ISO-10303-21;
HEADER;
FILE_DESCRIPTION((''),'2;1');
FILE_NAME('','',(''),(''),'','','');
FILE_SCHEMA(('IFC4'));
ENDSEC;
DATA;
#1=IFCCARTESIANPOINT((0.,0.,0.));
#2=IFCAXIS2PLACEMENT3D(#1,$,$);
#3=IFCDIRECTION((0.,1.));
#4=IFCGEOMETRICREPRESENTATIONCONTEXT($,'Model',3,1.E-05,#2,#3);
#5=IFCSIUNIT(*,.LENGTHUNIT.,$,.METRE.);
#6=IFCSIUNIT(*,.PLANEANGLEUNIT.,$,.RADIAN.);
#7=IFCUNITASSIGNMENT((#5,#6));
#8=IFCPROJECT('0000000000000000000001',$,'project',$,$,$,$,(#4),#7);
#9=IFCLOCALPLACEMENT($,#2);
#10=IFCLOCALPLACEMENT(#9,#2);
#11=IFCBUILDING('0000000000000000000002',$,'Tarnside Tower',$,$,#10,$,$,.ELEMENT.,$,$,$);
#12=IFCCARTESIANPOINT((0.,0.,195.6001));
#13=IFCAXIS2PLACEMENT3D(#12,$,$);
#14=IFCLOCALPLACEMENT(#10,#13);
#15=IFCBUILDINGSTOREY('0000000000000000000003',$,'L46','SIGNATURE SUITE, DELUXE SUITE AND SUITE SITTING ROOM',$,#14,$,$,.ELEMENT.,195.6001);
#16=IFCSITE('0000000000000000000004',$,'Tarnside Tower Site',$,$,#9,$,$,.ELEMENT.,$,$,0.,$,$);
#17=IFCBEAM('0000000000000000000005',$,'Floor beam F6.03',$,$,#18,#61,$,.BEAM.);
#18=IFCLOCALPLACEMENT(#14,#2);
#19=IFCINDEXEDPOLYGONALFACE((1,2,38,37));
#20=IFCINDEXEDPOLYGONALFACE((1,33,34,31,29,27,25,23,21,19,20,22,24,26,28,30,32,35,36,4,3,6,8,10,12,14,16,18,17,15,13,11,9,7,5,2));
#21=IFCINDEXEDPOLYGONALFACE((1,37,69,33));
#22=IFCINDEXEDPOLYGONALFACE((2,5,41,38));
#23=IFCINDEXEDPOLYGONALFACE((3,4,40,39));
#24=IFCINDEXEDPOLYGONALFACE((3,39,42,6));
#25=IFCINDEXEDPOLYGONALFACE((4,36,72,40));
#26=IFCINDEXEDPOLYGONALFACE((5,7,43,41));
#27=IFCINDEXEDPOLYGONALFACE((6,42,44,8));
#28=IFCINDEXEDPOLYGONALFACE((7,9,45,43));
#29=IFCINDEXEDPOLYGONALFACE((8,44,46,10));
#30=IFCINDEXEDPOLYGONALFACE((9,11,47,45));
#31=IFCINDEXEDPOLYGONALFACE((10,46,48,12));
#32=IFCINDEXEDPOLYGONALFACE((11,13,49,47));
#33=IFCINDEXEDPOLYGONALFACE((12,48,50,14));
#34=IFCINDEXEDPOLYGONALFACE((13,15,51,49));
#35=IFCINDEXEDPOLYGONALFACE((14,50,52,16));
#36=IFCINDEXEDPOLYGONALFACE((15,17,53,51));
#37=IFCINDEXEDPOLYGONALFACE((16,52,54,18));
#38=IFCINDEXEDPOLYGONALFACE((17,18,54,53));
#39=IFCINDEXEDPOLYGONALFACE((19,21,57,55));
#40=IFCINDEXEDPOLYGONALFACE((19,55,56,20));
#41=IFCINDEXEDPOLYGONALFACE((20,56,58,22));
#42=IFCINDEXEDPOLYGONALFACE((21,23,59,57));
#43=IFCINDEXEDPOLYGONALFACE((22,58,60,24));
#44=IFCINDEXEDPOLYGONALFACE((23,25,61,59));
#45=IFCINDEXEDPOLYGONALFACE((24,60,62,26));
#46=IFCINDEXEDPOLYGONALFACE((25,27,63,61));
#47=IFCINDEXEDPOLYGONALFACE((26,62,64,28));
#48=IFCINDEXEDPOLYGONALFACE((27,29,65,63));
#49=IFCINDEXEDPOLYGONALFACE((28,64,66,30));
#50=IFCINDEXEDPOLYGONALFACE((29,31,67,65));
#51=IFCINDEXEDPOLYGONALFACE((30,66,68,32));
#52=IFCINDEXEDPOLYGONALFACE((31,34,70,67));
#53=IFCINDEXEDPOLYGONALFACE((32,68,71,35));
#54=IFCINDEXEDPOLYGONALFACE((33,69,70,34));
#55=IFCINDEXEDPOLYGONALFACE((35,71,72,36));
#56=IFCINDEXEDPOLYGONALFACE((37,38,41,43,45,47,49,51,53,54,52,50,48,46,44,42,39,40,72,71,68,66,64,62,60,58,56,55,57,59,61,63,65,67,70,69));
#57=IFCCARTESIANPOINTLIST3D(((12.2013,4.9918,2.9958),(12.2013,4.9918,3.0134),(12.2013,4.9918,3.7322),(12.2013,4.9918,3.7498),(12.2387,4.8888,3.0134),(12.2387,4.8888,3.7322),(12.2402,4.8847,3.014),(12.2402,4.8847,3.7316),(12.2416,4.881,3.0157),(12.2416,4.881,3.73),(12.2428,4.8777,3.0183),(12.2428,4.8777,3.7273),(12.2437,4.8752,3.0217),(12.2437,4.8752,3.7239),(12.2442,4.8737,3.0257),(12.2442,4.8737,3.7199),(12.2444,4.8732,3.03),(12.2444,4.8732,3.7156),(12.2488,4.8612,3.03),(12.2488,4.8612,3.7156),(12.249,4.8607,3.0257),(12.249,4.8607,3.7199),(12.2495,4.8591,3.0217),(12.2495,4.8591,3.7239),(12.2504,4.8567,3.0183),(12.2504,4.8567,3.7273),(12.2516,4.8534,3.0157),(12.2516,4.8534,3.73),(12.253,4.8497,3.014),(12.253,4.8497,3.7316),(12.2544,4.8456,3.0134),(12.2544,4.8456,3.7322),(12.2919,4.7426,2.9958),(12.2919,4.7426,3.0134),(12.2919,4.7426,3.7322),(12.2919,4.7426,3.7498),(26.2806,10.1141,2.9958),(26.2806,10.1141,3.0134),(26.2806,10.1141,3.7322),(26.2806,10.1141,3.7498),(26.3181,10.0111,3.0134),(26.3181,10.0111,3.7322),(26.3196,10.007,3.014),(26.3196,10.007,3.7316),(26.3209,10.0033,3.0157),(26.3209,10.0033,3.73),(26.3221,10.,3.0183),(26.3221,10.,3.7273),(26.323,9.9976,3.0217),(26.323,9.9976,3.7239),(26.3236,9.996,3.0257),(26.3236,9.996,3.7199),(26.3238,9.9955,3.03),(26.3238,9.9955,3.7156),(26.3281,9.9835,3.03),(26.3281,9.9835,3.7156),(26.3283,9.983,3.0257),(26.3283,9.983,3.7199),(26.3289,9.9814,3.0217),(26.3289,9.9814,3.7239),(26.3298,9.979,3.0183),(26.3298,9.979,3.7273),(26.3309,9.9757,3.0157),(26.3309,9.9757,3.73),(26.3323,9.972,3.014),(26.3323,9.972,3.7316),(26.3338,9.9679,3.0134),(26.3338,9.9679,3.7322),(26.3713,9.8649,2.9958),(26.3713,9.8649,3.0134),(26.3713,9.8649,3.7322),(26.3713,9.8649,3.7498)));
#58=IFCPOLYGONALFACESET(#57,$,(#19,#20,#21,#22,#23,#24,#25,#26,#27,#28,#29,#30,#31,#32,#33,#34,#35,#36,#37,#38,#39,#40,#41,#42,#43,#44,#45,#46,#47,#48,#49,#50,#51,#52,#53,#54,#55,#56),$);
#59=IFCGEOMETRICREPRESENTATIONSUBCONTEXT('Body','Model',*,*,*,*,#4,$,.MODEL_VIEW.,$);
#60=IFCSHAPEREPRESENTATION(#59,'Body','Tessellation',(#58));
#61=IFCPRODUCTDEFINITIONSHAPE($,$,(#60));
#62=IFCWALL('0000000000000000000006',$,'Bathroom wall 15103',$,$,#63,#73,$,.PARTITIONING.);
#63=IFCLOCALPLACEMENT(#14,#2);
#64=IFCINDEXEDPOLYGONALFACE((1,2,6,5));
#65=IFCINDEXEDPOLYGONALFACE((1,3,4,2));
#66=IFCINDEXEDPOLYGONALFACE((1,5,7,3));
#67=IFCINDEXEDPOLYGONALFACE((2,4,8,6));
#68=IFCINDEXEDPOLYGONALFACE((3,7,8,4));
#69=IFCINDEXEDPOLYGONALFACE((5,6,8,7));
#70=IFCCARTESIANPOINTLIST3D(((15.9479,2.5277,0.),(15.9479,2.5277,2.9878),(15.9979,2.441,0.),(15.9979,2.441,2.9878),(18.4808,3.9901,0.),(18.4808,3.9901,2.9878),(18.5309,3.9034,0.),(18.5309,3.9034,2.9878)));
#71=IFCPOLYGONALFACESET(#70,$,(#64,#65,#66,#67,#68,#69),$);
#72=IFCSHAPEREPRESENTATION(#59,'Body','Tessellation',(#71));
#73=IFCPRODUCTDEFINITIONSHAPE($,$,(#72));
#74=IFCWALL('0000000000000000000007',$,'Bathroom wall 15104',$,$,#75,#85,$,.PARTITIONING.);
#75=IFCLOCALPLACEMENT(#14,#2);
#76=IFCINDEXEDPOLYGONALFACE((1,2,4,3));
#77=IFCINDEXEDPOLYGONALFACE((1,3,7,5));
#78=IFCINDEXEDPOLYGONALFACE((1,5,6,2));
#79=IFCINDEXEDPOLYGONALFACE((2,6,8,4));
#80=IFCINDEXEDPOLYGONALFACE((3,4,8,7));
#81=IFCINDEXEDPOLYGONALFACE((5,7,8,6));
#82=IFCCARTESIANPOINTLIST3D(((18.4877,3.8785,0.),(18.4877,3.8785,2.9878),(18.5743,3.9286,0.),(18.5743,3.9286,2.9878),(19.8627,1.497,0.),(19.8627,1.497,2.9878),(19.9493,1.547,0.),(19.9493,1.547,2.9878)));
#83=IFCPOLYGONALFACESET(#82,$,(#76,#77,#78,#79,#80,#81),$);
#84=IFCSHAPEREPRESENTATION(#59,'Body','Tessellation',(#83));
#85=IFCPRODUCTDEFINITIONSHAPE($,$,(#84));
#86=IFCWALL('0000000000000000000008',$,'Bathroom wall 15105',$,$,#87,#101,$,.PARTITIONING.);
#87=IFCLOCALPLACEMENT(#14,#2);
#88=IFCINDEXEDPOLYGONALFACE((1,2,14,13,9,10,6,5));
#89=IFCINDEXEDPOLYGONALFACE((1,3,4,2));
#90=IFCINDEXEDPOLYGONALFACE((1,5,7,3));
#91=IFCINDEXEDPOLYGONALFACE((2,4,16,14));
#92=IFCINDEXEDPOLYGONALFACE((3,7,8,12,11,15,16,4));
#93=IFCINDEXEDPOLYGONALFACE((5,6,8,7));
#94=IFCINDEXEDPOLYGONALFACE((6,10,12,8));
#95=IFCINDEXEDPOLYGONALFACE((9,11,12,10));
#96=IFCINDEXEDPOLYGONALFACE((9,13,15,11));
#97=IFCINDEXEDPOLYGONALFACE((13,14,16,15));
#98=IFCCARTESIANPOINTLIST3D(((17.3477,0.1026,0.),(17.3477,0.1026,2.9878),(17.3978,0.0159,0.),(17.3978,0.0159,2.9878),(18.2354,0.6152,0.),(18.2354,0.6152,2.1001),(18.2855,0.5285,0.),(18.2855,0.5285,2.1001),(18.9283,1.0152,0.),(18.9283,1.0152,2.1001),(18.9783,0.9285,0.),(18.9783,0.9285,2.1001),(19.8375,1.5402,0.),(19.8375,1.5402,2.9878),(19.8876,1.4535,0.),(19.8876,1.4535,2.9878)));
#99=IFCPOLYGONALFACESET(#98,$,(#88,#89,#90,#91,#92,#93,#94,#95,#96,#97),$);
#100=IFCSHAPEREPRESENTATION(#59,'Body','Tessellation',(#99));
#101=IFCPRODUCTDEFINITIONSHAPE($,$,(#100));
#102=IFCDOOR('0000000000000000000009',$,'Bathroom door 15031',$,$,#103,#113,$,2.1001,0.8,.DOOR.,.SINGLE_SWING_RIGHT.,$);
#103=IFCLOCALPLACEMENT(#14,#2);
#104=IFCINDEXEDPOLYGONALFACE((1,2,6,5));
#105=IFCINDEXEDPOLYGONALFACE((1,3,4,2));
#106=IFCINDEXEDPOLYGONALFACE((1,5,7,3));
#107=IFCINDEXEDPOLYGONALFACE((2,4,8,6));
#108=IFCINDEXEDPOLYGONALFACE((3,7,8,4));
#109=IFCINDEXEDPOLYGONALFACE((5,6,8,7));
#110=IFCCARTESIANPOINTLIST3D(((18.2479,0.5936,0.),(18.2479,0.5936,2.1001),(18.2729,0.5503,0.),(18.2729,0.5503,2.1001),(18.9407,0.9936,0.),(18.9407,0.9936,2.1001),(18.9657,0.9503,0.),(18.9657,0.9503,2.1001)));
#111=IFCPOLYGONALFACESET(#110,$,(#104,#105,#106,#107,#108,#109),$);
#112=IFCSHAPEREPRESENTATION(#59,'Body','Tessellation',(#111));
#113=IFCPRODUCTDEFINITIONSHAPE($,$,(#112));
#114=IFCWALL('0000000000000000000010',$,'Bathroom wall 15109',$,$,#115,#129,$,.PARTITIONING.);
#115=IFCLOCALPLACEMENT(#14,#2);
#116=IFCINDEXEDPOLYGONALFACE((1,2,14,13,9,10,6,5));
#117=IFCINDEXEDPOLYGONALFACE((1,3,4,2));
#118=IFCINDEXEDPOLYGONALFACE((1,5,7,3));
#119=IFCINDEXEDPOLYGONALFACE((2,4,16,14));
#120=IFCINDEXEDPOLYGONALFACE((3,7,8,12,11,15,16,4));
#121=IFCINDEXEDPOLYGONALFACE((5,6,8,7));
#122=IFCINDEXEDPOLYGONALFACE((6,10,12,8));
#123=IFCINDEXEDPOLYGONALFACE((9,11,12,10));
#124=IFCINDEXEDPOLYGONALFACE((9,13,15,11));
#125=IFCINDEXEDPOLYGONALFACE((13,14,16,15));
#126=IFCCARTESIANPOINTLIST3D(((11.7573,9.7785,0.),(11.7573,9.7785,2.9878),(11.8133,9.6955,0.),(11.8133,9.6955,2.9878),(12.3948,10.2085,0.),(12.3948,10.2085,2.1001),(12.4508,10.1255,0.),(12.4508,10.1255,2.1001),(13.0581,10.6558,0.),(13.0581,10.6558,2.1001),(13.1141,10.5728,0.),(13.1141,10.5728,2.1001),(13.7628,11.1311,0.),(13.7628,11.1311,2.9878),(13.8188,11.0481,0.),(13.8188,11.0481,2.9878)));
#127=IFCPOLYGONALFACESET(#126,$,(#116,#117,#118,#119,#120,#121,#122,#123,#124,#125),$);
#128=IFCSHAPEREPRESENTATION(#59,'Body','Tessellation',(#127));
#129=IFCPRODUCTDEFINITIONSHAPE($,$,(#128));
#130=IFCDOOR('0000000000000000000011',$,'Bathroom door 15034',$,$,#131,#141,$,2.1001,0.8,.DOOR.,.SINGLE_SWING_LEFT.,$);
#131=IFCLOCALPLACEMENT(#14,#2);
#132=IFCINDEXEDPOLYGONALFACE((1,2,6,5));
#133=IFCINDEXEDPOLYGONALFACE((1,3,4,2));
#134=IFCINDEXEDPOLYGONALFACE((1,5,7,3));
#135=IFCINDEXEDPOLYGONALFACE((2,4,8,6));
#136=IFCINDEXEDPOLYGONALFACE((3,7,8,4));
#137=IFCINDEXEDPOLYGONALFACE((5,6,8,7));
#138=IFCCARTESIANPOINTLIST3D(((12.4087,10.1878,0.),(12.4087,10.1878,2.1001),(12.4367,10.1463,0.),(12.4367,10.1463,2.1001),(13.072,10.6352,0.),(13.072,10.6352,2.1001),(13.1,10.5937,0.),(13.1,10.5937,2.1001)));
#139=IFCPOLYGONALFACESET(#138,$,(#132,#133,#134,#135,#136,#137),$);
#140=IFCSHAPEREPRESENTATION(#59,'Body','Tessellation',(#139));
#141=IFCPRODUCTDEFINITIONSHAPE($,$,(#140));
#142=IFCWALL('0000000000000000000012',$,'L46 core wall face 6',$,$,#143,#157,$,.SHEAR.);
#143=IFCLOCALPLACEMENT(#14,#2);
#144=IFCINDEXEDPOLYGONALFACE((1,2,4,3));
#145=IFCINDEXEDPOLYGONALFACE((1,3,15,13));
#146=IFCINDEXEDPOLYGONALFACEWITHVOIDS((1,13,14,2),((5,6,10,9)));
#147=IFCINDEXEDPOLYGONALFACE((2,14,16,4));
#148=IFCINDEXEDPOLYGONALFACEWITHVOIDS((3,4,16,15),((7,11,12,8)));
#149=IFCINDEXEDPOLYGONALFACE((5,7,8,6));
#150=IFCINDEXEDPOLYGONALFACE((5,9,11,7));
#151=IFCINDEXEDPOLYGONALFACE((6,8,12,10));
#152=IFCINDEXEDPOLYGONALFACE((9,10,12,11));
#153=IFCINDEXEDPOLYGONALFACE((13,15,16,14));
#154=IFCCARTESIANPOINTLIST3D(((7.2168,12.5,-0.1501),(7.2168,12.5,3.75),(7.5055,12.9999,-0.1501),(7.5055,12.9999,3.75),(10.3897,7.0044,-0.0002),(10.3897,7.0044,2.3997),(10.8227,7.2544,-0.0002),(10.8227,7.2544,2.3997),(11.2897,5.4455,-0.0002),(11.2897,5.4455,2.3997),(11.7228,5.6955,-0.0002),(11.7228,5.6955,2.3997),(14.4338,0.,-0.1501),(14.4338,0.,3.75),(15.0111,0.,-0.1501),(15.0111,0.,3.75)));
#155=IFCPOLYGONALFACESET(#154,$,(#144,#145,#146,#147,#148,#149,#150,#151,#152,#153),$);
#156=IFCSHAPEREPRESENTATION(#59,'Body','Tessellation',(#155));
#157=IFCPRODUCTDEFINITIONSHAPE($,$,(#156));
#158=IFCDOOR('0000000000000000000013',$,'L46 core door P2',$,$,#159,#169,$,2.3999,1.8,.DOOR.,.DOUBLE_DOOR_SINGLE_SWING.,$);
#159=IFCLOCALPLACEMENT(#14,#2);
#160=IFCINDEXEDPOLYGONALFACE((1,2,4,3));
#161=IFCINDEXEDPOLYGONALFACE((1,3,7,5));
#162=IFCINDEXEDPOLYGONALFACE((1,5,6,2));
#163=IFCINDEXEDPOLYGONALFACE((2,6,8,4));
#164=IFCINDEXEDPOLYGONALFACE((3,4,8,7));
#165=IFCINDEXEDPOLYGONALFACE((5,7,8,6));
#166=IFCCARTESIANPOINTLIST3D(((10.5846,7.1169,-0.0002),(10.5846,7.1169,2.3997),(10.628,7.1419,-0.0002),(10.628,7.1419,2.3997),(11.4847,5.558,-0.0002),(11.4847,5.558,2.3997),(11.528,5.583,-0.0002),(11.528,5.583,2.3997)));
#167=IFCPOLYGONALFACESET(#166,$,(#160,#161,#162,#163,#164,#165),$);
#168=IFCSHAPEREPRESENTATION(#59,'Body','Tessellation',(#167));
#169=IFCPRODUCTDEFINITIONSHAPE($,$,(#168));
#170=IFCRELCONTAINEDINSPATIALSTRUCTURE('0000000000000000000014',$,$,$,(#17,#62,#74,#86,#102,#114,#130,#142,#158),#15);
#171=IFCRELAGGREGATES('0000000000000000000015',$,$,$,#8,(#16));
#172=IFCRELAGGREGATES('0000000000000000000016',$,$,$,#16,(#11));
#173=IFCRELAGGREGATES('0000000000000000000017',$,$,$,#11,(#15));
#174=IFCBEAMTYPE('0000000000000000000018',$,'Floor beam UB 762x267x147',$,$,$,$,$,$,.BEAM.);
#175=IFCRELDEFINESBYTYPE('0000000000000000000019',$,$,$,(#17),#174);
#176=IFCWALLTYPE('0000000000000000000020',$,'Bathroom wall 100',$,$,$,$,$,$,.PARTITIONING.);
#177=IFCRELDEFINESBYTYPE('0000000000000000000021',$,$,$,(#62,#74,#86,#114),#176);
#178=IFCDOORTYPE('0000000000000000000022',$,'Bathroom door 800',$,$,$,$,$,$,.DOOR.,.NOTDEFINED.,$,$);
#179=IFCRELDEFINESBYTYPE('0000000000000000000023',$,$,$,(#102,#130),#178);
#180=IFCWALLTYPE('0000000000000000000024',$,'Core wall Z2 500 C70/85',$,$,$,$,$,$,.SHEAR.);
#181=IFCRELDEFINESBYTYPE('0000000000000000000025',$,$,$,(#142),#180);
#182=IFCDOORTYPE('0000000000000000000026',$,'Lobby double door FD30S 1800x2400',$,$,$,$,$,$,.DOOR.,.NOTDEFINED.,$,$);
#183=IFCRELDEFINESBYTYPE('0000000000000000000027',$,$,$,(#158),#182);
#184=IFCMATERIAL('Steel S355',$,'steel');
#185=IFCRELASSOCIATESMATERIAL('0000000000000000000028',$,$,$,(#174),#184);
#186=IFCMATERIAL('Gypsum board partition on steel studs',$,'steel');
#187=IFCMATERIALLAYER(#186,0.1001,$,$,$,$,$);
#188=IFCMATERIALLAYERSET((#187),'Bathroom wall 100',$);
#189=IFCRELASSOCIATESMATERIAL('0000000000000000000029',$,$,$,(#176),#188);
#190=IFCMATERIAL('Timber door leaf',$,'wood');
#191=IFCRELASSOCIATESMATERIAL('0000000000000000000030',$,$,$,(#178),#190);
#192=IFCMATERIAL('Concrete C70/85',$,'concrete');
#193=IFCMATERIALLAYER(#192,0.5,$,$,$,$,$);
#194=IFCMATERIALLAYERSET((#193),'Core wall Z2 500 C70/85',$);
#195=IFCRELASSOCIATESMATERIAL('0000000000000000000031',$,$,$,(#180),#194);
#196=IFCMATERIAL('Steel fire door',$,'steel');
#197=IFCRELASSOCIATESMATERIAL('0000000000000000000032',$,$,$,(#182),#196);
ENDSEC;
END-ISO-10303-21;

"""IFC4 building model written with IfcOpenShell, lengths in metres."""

from ifc_helpers import new_model, si_unit, direction, frame, frame_2d, origin, origin_2d, place, context, subcontext, project, spatial, polyline, rectangle, i_section, outline, extrude, material, layer, layer_set, material_profile, profile_set, type_object, element, fill, save


model = new_model("IFC4")

# Units and contexts
model_context = context("Model", 3, precision=1e-05, world=origin(), true_north=direction((0.0, 1.0)))
body_context = subcontext(model_context, "Body", "Model", "MODEL_VIEW")
ifc_project = project(units=[si_unit("LENGTHUNIT", "METRE"), si_unit("PLANEANGLEUNIT", "RADIAN")], contexts=[model_context])

# Site, building, storey
site_placement = place(None, origin())
site = spatial("IfcSite", under=ifc_project, at=site_placement, Name="Tarnside Tower Site", CompositionType="ELEMENT", RefElevation=0.0)
building_placement = place(site_placement, origin())
building = spatial("IfcBuilding", under=site, at=building_placement, Name="Tarnside Tower", CompositionType="ELEMENT")
storey_placement = place(building_placement, frame((0.0, 0.0, 195.6001)))
storey = spatial("IfcBuildingStorey", under=building, at=storey_placement, Name="L46", Description="SIGNATURE SUITE, DELUXE SUITE AND SUITE SITTING ROOM", CompositionType="ELEMENT", Elevation=195.6001)

# Beam
ifc_material_1 = material(Name="Steel S355", Category="steel")
ifc_material_profile = material_profile(ifc_material_1, i_section(OverallWidth=0.2651, OverallDepth=0.7539, WebThickness=0.0127, FlangeThickness=0.0176, FilletRadius=0.0166, at=origin_2d()), Name="UB 762x267x147")
ifc_profile_set = profile_set([ifc_material_profile], Name="Steel S355")
beam_type = type_object("IfcBeamType", Name="Floor beam UB 762x267x147", PredefinedType="BEAM", material=ifc_profile_set)
beam_placement = place(storey_placement, frame((26.3259, 9.9895, 3.3728), z_axis=(-0.939739, -0.341894, 0.0), x_axis=(0.341894, -0.939739, 0.0)))
element("IfcBeam", 1, at=beam_placement, inside=storey, type_object=beam_type, Name="Floor beam F6.03", PredefinedType="BEAM", context=body_context, shape_type="SweptSolid", body=[
    extrude(i_section(OverallWidth=0.2651, OverallDepth=0.7539, WebThickness=0.0127, FlangeThickness=0.0176, FilletRadius=0.0166, at=origin_2d()), origin(), (0.0, 0.0, 1.0), 14.9822),
])

# Walls
ifc_material_2 = material(Name="Gypsum board partition on steel studs", Category="steel")
ifc_layer_1 = layer(ifc_material_2, 0.1001)
ifc_layer_set_1 = layer_set([ifc_layer_1], Name="Bathroom wall 100")
wall_type_1 = type_object("IfcWallType", Name="Bathroom wall 100", PredefinedType="PARTITIONING", material=ifc_layer_set_1)
wall_1_placement = place(storey_placement, frame((15.9729, 2.4844, 0.0), z_axis=(0.0, 0.0, 1.0), x_axis=(0.866026, 0.499999, 0.0)))
element("IfcWall", 2, at=wall_1_placement, inside=storey, type_object=wall_type_1, Name="Bathroom wall 15103", PredefinedType="PARTITIONING", context=body_context, shape_type="SweptSolid", body=[
    extrude(rectangle(XDim=2.9248, YDim=0.1001, at=frame_2d((1.4624, 0.0))), origin(), (0.0, 0.0, 1.0), 2.9878),
])
wall_2_placement = place(storey_placement, frame((18.531, 3.9036, 0.0), z_axis=(0.0, 0.0, 1.0), x_axis=(0.499997, -0.866027, 0.0)))
element("IfcWall", 3, at=wall_2_placement, inside=storey, type_object=wall_type_1, Name="Bathroom wall 15104", PredefinedType="PARTITIONING", context=body_context, shape_type="SweptSolid", body=[
    extrude(rectangle(XDim=2.75, YDim=0.1001, at=frame_2d((1.375, 0.0))), origin(), (0.0, 0.0, 1.0), 2.9878),
])

# Walls, openings, doors
wall_3_placement = place(storey_placement, frame((19.8625, 1.4968, 0.0), z_axis=(0.0, 0.0, 1.0), x_axis=(-0.866019, -0.500012, 0.0)))
wall_3 = element("IfcWall", 4, at=wall_3_placement, inside=storey, type_object=wall_type_1, Name="Bathroom wall 15105", PredefinedType="PARTITIONING", context=body_context, shape_type="SweptSolid", body=[
    extrude(rectangle(XDim=2.875, YDim=0.1001, at=frame_2d((1.4375, 0.0))), origin(), (0.0, 0.0, 1.0), 2.9878),
])
opening_1_placement = place(wall_3_placement, frame((1.05, 0.0, 0.0)))
opening_1 = element("IfcOpeningElement", 5, at=opening_1_placement, cuts=wall_3, PredefinedType="OPENING", context=body_context, shape_type="SweptSolid", body=[
    extrude(rectangle(XDim=0.8, YDim=2.1001, at=frame_2d((0.3999, 1.05))), frame((0.0, 0.0601, 0.0), z_axis=(0.0, -1.0, 0.0), x_axis=(1.0, 0.0, 0.0)), (0.0, 0.0, 1.0), 0.1201),
])
ifc_material_3 = material(Name="Timber door leaf", Category="wood")
door_type_1 = type_object("IfcDoorType", Name="Bathroom door 800", OperationType="NOTDEFINED", PredefinedType="DOOR", material=ifc_material_3)
door_1_placement = place(opening_1_placement, origin())
door_1 = element("IfcDoor", 6, at=door_1_placement, inside=storey, type_object=door_type_1, Name="Bathroom door 15031", OperationType="SINGLE_SWING_RIGHT", OverallHeight=2.1001, OverallWidth=0.8, PredefinedType="DOOR", context=body_context, shape_type="SweptSolid", body=[
    extrude(rectangle(XDim=0.8, YDim=2.1001, at=frame_2d((0.3999, 1.05))), frame((0.0, 0.0249, 0.0), z_axis=(0.0, -1.0, 0.0), x_axis=(1.0, 0.0, 0.0)), (0.0, 0.0, 1.0), 0.05),
])
fill(opening_1, door_1)
wall_4_placement = place(storey_placement, frame((13.7908, 11.0896, 0.0), z_axis=(0.0, 0.0, 1.0), x_axis=(-0.829057, -0.559164, 0.0)))
wall_4 = element("IfcWall", 7, at=wall_4_placement, inside=storey, type_object=wall_type_1, Name="Bathroom wall 15109", PredefinedType="PARTITIONING", context=body_context, shape_type="SweptSolid", body=[
    extrude(rectangle(XDim=2.4189, YDim=0.1001, at=frame_2d((1.2095, 0.0))), origin(), (0.0, 0.0, 1.0), 2.9878),
])
opening_2_placement = place(wall_4_placement, frame((0.8501, 0.0, 0.0)))
opening_2 = element("IfcOpeningElement", 8, at=opening_2_placement, cuts=wall_4, PredefinedType="OPENING", context=body_context, shape_type="SweptSolid", body=[
    extrude(rectangle(XDim=0.8, YDim=2.1001, at=frame_2d((0.3999, 1.05))), frame((0.0, 0.0601, 0.0), z_axis=(0.0, -1.0, 0.0), x_axis=(1.0, 0.0, 0.0)), (0.0, 0.0, 1.0), 0.1201),
])
door_2_placement = place(opening_2_placement, origin())
door_2 = element("IfcDoor", 9, at=door_2_placement, inside=storey, type_object=door_type_1, Name="Bathroom door 15034", OperationType="SINGLE_SWING_LEFT", OverallHeight=2.1001, OverallWidth=0.8, PredefinedType="DOOR", context=body_context, shape_type="SweptSolid", body=[
    extrude(rectangle(XDim=0.8, YDim=2.1001, at=frame_2d((0.3999, 1.05))), frame((0.0, 0.0249, 0.0), z_axis=(0.0, -1.0, 0.0), x_axis=(1.0, 0.0, 0.0)), (0.0, 0.0, 1.0), 0.05),
])
fill(opening_2, door_2)
ifc_material_4 = material(Name="Concrete C70/85", Category="concrete")
ifc_layer_2 = layer(ifc_material_4, 0.5)
ifc_layer_set_2 = layer_set([ifc_layer_2], Name="Core wall Z2 500 C70/85")
wall_type_2 = type_object("IfcWallType", Name="Core wall Z2 500 C70/85", PredefinedType="SHEAR", material=ifc_layer_set_2)
wall_5_placement = place(storey_placement, frame((14.7224, 0.0, -0.1501), z_axis=(0.0, 0.0, 1.0), x_axis=(-0.500006, 0.866022, 0.0)))
wall_5 = element("IfcWall", 10, at=wall_5_placement, inside=storey, type_object=wall_type_2, Name="L46 core wall face 6", PredefinedType="SHEAR", context=body_context, shape_type="SweptSolid", body=[
    extrude(outline(polyline([(-0.1443, -0.25), (14.8667, -0.25), (14.5781, 0.25), (0.1443, 0.25), (-0.1443, -0.25)])), origin(), (0.0, 0.0, 1.0), 3.9001),
])
opening_3_placement = place(wall_5_placement, frame((6.4324, 0.0, 0.1499)))
opening_3 = element("IfcOpeningElement", 11, at=opening_3_placement, cuts=wall_5, PredefinedType="OPENING", context=body_context, shape_type="SweptSolid", body=[
    extrude(rectangle(XDim=1.8, YDim=2.3999, at=frame_2d((0.8999, 1.2))), frame((0.0, 0.26, 0.0), z_axis=(0.0, -1.0, 0.0), x_axis=(1.0, 0.0, 0.0)), (0.0, 0.0, 1.0), 0.52),
])
ifc_material_5 = material(Name="Steel fire door", Category="steel")
door_type_2 = type_object("IfcDoorType", Name="Lobby double door FD30S 1800x2400", OperationType="NOTDEFINED", PredefinedType="DOOR", material=ifc_material_5)
door_3_placement = place(opening_3_placement, origin())
door_3 = element("IfcDoor", 12, at=door_3_placement, inside=storey, type_object=door_type_2, Name="L46 core door P2", OperationType="DOUBLE_DOOR_SINGLE_SWING", OverallHeight=2.3999, OverallWidth=1.8, PredefinedType="DOOR", context=body_context, shape_type="SweptSolid", body=[
    extrude(rectangle(XDim=1.8, YDim=2.3999, at=frame_2d((0.8999, 1.2))), frame((0.0, 0.0249, 0.0), z_axis=(0.0, -1.0, 0.0), x_axis=(1.0, 0.0, 0.0)), (0.0, 0.0, 1.0), 0.05),
])
fill(opening_3, door_3)

save(model, "model.ifc")
